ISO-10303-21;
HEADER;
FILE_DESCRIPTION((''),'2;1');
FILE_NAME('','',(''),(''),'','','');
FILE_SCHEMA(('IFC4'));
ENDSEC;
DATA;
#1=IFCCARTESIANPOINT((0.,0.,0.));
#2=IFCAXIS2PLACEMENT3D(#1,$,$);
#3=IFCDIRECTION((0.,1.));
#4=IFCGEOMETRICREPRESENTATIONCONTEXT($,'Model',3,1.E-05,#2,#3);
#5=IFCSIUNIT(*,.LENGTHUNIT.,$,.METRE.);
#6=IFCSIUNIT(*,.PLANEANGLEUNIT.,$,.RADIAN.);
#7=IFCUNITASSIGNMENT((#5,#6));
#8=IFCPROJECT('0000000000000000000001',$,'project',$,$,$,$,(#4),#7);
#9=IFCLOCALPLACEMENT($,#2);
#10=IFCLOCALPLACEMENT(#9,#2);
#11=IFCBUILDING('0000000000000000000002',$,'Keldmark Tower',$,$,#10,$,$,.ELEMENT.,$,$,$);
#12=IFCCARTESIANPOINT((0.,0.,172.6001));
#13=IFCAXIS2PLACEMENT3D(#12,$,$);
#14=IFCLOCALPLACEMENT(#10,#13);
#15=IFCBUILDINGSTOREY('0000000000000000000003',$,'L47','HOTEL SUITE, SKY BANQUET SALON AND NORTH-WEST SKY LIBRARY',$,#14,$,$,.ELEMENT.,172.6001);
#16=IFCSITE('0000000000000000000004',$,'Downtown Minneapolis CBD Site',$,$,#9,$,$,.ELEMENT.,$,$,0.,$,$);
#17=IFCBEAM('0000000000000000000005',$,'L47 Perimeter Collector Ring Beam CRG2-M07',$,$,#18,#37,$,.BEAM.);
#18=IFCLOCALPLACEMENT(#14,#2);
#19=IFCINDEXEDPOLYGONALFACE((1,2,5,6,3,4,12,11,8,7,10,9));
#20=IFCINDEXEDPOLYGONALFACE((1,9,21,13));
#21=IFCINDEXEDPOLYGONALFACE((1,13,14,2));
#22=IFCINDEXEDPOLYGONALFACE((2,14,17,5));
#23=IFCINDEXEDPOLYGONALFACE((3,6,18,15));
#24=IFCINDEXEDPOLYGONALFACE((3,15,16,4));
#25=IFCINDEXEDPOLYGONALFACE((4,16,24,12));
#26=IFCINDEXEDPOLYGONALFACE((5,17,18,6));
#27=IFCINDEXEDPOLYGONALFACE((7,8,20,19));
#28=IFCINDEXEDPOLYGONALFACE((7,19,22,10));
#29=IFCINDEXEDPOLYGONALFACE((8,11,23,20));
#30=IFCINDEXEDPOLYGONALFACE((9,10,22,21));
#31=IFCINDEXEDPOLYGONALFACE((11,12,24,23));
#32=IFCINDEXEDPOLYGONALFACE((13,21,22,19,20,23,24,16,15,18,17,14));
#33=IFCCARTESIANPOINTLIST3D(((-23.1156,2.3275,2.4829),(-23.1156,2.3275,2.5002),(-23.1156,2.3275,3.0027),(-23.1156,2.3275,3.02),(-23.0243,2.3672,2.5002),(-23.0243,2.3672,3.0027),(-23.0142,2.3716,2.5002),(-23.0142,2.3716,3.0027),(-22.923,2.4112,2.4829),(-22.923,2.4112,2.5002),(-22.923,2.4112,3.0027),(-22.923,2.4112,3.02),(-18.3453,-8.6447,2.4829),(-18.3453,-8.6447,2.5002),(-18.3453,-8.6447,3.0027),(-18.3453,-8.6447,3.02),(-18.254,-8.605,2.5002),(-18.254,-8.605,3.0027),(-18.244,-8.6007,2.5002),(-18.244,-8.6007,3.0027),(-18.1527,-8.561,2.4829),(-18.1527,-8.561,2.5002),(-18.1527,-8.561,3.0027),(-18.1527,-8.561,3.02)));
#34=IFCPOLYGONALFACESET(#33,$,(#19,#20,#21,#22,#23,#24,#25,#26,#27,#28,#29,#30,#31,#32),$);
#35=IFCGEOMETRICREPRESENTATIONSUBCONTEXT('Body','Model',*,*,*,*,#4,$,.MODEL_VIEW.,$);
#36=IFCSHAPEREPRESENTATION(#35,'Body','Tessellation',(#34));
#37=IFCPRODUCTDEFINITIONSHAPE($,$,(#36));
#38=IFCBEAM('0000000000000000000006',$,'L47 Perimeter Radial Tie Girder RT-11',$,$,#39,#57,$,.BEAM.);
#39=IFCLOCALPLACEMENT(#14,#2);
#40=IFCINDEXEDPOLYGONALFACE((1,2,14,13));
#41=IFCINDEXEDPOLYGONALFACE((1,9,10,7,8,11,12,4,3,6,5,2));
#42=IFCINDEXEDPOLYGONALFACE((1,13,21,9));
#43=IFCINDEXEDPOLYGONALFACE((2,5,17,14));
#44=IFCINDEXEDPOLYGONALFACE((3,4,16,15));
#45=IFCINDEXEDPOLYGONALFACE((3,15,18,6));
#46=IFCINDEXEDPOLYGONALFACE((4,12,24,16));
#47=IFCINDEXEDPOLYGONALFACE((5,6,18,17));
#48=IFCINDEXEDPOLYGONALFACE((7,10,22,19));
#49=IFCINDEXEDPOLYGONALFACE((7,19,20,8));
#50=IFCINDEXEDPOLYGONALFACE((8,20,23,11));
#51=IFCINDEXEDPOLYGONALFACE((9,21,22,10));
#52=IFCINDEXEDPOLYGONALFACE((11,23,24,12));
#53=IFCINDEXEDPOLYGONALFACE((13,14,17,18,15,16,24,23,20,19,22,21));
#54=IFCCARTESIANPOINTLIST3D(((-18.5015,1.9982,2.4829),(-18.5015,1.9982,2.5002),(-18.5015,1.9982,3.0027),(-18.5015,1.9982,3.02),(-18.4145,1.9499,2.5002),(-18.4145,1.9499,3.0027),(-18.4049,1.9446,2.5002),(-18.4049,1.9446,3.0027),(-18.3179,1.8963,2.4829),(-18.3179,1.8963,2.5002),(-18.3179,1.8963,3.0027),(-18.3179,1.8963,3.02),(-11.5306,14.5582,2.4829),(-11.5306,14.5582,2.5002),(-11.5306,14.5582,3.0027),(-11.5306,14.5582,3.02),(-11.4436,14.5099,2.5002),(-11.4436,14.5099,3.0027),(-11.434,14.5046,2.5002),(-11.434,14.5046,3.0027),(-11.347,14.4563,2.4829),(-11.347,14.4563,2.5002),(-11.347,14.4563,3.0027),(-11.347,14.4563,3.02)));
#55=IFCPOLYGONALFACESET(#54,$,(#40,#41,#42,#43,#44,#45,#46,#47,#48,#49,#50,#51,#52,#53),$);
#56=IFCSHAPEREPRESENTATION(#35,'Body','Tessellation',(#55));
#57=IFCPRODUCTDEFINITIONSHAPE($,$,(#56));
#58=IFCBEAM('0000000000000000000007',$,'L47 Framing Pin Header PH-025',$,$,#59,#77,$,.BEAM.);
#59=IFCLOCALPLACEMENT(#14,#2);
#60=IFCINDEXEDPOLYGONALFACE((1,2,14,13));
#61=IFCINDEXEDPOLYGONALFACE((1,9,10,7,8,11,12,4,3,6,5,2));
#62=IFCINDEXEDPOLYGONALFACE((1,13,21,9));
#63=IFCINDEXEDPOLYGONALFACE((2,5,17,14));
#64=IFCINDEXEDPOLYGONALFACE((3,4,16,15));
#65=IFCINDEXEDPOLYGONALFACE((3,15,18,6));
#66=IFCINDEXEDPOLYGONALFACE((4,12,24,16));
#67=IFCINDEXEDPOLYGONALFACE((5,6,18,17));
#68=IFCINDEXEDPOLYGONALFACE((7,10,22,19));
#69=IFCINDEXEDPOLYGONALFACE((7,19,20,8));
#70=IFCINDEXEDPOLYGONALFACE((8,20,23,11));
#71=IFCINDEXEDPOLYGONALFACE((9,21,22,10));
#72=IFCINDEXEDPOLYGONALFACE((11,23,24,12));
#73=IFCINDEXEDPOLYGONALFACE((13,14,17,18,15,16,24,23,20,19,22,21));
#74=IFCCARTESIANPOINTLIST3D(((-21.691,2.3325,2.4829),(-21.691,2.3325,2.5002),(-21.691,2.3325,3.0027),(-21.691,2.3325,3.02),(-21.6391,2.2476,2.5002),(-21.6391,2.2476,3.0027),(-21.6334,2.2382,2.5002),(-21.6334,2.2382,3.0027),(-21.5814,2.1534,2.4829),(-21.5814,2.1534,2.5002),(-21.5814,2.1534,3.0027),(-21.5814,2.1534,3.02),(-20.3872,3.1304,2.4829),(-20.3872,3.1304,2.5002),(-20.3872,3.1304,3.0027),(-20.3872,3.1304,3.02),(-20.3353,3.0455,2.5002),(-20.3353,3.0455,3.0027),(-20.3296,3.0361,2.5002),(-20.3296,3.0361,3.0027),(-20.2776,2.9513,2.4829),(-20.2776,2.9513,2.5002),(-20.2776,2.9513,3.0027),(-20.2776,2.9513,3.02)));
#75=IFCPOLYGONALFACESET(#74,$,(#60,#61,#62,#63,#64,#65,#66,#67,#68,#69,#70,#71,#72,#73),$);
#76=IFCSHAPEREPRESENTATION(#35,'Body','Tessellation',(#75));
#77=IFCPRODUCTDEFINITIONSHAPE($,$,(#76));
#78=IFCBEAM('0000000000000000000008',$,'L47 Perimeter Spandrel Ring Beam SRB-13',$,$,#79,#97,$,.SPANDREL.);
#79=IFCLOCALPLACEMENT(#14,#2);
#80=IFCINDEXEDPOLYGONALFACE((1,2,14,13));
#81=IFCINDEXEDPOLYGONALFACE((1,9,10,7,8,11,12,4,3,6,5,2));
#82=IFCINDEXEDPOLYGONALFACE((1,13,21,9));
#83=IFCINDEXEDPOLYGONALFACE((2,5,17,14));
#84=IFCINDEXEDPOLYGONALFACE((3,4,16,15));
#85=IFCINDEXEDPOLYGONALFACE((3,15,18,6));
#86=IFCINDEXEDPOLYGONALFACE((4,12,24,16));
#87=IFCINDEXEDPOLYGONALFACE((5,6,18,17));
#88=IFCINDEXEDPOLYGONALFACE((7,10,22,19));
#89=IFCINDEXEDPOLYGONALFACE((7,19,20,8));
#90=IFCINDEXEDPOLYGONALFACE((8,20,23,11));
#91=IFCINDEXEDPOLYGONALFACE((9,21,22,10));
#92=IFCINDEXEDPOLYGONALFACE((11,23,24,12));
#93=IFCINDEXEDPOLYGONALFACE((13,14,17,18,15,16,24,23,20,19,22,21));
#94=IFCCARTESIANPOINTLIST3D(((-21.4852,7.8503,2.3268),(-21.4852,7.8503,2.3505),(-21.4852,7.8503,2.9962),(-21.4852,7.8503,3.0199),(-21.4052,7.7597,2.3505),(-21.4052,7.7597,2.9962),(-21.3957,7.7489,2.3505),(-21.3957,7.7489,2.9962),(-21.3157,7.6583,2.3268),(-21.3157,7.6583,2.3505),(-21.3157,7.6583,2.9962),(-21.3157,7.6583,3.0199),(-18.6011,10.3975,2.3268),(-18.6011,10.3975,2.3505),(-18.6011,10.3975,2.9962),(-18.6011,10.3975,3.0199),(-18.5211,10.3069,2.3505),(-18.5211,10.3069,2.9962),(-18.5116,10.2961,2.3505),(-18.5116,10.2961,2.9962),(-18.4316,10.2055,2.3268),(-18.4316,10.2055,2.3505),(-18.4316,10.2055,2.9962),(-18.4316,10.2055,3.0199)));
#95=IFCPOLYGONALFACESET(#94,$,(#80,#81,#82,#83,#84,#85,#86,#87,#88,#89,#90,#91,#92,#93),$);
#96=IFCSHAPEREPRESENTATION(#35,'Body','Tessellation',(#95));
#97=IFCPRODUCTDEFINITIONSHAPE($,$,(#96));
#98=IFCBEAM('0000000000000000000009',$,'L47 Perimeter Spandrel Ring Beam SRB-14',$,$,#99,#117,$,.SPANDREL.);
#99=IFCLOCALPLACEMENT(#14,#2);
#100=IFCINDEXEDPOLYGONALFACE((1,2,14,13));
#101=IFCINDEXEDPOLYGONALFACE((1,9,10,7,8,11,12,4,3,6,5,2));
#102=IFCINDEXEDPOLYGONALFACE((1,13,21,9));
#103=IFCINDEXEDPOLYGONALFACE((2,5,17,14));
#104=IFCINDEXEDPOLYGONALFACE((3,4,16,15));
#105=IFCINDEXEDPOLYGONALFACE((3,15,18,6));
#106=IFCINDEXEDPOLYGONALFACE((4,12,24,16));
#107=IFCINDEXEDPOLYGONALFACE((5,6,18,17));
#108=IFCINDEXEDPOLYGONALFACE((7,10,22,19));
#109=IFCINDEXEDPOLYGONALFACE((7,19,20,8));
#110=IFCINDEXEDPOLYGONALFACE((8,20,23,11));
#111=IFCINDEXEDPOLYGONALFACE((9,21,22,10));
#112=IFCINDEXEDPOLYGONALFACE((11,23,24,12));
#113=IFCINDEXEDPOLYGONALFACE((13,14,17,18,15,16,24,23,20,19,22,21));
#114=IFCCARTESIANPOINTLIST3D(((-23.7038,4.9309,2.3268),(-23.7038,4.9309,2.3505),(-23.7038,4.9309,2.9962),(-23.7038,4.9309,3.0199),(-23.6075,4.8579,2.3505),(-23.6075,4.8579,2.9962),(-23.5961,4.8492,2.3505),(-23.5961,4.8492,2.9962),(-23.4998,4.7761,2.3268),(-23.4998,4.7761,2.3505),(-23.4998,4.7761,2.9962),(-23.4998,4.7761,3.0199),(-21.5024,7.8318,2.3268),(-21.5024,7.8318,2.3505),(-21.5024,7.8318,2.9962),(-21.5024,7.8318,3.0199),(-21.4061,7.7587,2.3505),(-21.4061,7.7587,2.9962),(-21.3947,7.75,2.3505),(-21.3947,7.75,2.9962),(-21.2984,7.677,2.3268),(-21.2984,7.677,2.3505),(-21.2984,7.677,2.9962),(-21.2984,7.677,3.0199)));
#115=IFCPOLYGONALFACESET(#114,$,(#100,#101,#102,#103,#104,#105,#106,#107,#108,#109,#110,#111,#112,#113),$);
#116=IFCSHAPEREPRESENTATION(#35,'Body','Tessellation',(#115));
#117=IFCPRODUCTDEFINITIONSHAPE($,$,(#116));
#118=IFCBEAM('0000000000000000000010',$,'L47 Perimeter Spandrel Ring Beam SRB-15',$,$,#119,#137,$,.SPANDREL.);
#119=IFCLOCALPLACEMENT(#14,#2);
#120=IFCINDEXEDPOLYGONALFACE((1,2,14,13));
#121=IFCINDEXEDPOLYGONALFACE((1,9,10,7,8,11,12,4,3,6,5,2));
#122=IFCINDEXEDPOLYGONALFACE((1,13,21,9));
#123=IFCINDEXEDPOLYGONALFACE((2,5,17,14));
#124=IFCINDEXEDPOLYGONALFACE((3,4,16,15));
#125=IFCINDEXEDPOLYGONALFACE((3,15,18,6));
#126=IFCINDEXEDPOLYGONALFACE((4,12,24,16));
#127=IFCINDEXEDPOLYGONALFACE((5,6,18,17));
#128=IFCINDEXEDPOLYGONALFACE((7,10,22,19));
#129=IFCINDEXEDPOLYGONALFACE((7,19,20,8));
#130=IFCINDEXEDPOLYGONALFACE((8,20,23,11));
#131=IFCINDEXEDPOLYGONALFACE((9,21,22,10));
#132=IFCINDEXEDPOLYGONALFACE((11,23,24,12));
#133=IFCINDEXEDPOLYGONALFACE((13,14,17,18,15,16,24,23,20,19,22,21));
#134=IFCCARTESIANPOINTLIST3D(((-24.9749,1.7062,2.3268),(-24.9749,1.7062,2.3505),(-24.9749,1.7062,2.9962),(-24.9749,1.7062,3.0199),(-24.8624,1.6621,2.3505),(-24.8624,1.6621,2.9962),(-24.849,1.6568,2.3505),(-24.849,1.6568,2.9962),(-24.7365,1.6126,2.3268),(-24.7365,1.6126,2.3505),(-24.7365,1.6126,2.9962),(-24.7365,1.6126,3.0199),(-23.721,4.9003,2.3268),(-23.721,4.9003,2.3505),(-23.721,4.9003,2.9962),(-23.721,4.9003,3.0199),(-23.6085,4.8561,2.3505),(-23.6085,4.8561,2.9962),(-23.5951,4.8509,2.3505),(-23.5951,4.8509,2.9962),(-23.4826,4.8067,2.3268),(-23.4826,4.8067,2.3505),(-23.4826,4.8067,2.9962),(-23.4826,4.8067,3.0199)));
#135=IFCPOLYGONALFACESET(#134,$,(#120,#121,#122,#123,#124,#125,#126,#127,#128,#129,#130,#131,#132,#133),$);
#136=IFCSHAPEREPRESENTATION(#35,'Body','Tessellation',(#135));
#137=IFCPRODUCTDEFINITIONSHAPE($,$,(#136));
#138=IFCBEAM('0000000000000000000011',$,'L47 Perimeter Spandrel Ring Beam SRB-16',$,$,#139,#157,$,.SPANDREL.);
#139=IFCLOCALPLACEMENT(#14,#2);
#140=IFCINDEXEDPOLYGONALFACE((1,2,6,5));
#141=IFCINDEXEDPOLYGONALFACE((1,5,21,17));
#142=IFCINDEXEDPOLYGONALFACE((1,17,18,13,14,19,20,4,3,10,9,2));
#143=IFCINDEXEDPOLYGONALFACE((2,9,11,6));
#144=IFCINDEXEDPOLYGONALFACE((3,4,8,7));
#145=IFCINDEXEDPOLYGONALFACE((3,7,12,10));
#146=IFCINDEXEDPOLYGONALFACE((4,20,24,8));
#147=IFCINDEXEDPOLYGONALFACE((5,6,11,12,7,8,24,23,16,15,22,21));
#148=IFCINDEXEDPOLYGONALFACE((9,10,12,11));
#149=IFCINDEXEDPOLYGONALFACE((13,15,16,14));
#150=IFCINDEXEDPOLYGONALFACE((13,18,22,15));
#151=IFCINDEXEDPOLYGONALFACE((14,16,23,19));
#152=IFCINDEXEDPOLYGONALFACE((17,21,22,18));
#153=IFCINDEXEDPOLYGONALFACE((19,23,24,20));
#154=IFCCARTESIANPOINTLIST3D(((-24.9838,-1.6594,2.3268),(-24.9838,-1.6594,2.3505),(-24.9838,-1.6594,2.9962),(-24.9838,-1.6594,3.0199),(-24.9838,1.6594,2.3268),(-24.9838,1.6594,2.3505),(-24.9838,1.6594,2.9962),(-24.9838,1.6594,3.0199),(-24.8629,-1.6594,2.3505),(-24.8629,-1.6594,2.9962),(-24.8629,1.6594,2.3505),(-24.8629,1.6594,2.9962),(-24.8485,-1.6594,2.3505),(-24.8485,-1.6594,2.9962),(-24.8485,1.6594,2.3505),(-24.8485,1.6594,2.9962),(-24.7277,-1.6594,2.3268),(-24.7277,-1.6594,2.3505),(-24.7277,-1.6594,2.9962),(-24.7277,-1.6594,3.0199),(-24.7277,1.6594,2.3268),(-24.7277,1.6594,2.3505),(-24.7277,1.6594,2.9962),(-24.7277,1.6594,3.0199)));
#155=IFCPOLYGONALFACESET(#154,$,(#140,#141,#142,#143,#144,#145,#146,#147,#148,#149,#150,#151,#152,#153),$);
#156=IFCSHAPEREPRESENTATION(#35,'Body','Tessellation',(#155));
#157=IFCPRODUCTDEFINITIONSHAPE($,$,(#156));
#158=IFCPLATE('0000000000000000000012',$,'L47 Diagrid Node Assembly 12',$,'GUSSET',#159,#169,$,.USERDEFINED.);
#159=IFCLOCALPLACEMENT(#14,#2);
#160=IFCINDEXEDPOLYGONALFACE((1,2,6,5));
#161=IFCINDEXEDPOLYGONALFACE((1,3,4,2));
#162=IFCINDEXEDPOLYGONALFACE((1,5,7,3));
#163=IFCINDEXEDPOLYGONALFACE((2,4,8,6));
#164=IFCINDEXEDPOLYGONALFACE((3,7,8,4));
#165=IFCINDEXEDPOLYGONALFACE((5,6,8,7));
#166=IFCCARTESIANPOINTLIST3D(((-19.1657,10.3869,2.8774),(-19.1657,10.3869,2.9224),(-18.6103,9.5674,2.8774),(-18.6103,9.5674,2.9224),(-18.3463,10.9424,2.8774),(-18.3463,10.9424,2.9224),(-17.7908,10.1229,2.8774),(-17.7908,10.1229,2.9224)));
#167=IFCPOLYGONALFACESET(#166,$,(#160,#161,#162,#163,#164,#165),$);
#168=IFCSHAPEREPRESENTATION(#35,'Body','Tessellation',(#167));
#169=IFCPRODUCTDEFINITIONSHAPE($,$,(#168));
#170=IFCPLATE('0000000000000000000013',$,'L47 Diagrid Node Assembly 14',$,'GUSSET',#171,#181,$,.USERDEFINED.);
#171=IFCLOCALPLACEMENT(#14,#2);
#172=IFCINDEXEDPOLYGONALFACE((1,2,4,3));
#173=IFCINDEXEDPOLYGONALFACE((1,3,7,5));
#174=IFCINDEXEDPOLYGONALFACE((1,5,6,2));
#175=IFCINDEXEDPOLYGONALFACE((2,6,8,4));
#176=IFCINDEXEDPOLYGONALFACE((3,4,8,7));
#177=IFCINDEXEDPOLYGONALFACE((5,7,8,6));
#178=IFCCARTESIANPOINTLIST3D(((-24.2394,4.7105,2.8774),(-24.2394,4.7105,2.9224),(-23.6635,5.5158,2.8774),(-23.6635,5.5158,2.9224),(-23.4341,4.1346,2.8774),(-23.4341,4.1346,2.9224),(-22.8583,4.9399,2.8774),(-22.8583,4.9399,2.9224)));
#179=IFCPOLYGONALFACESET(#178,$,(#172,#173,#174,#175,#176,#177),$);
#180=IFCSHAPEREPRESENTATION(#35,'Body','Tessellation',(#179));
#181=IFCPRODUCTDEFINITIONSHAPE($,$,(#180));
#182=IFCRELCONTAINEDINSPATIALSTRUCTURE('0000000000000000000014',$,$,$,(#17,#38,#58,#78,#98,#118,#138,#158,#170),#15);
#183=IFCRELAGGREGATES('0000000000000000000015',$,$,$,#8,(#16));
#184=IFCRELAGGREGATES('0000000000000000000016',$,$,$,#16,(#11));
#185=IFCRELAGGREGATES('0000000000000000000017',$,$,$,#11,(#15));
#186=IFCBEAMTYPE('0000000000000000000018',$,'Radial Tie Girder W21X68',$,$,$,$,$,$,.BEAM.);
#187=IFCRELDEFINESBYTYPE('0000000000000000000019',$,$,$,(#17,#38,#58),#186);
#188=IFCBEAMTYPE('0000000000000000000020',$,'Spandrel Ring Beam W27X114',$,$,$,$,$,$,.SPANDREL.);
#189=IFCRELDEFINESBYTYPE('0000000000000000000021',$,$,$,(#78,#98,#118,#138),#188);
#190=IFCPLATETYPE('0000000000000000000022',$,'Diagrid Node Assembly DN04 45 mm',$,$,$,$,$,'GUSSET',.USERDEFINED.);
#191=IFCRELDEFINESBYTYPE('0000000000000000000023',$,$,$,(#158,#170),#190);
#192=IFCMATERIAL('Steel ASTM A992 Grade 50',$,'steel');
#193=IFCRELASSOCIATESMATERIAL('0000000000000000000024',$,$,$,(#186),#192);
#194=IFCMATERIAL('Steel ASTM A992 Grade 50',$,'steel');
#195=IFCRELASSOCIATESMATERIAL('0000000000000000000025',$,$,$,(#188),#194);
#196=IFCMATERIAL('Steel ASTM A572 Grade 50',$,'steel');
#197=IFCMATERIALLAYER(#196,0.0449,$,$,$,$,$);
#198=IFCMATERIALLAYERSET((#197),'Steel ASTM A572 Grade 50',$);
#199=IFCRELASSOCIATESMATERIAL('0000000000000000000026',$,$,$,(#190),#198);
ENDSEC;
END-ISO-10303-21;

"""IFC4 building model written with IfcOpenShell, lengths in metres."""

from ifc_helpers import new_model, si_unit, direction, frame, origin, origin_2d, place, context, subcontext, project, spatial, rectangle, i_section, extrude, material, layer, layer_set, material_profile, profile_set, type_object, element, save


model = new_model("IFC4")

# Units and contexts
model_context = context("Model", 3, precision=1e-05, world=origin(), true_north=direction((0.0, 1.0)))
body_context = subcontext(model_context, "Body", "Model", "MODEL_VIEW")
ifc_project = project(units=[si_unit("LENGTHUNIT", "METRE"), si_unit("PLANEANGLEUNIT", "RADIAN")], contexts=[model_context])

# Site, building, storey
site_placement = place(None, origin())
site = spatial("IfcSite", under=ifc_project, at=site_placement, Name="Downtown Minneapolis CBD Site", CompositionType="ELEMENT", RefElevation=0.0)
building_placement = place(site_placement, origin())
building = spatial("IfcBuilding", under=site, at=building_placement, Name="Keldmark Tower", CompositionType="ELEMENT")
storey_placement = place(building_placement, frame((0.0, 0.0, 172.6001)))
storey = spatial("IfcBuildingStorey", under=building, at=storey_placement, Name="L47", Description="HOTEL SUITE, SKY BANQUET SALON AND NORTH-WEST SKY LIBRARY", CompositionType="ELEMENT", Elevation=172.6001)

# Beams
ifc_material_1 = material(Name="Steel ASTM A992 Grade 50", Category="steel")
ifc_material_profile_1 = material_profile(ifc_material_1, i_section(OverallWidth=0.21, OverallDepth=0.5371, WebThickness=0.011, FlangeThickness=0.0173, at=origin_2d()), Name="W21X68")
ifc_profile_set_1 = profile_set([ifc_material_profile_1], Name="Steel ASTM A992 Grade 50")
beam_type_1 = type_object("IfcBeamType", Name="Radial Tie Girder W21X68", PredefinedType="BEAM", material=ifc_profile_set_1)
beam_1_placement = place(storey_placement, frame((-23.0193, 2.3694, 2.7515), z_axis=(0.398709, -0.917078, 0.0), x_axis=(0.917078, 0.398709, 0.0)))
element("IfcBeam", 1, at=beam_1_placement, inside=storey, type_object=beam_type_1, Name="L47 Perimeter Collector Ring Beam CRG2-M07", PredefinedType="BEAM", context=body_context, shape_type="SweptSolid", body=[
    extrude(i_section(OverallWidth=0.21, OverallDepth=0.5371, WebThickness=0.011, FlangeThickness=0.0173, at=origin_2d()), origin(), (0.0, 0.0, 1.0), 11.9644),
])
beam_2_placement = place(storey_placement, frame((-18.4097, 1.9473, 2.7515), z_axis=(0.485278, 0.87436, 0.0), x_axis=(-0.87436, 0.485278, 0.0)))
element("IfcBeam", 2, at=beam_2_placement, inside=storey, type_object=beam_type_1, Name="L47 Perimeter Radial Tie Girder RT-11", PredefinedType="BEAM", context=body_context, shape_type="SweptSolid", body=[
    extrude(i_section(OverallWidth=0.21, OverallDepth=0.5371, WebThickness=0.011, FlangeThickness=0.0173, at=origin_2d()), origin(), (0.0, 0.0, 1.0), 14.3647),
])
beam_3_placement = place(storey_placement, frame((-21.6362, 2.2429, 2.7515), z_axis=(0.85295, 0.521993, 0.0), x_axis=(-0.521993, 0.85295, 0.0)))
element("IfcBeam", 3, at=beam_3_placement, inside=storey, type_object=beam_type_1, Name="L47 Framing Pin Header PH-025", PredefinedType="BEAM", context=body_context, shape_type="SweptSolid", body=[
    extrude(i_section(OverallWidth=0.21, OverallDepth=0.5371, WebThickness=0.011, FlangeThickness=0.0173, at=origin_2d()), origin(), (0.0, 0.0, 1.0), 1.5286),
])
ifc_material_2 = material(Name="Steel ASTM A992 Grade 50", Category="steel")
ifc_material_profile_2 = material_profile(ifc_material_2, i_section(OverallWidth=0.2561, OverallDepth=0.6931, WebThickness=0.0144, FlangeThickness=0.0237, at=origin_2d()), Name="W27X114")
ifc_profile_set_2 = profile_set([ifc_material_profile_2], Name="Steel ASTM A992 Grade 50")
beam_type_2 = type_object("IfcBeamType", Name="Spandrel Ring Beam W27X114", PredefinedType="SPANDREL", material=ifc_profile_set_2)
beam_4_placement = place(storey_placement, frame((-18.5164, 10.3015, 2.6733), z_axis=(-0.74953, -0.66197, 0.0), x_axis=(0.66197, -0.74953, 0.0)))
element("IfcBeam", 4, at=beam_4_placement, inside=storey, type_object=beam_type_2, Name="L47 Perimeter Spandrel Ring Beam SRB-13", PredefinedType="SPANDREL", context=body_context, shape_type="SweptSolid", body=[
    extrude(i_section(OverallWidth=0.2561, OverallDepth=0.6931, WebThickness=0.0144, FlangeThickness=0.0237, at=origin_2d()), origin(), (0.0, 0.0, 1.0), 3.8479),
])
beam_5_placement = place(storey_placement, frame((-21.4004, 7.7544, 2.6733), z_axis=(-0.604517, -0.796592, 0.0), x_axis=(0.796592, -0.604517, 0.0)))
element("IfcBeam", 5, at=beam_5_placement, inside=storey, type_object=beam_type_2, Name="L47 Perimeter Spandrel Ring Beam SRB-14", PredefinedType="SPANDREL", context=body_context, shape_type="SweptSolid", body=[
    extrude(i_section(OverallWidth=0.2561, OverallDepth=0.6931, WebThickness=0.0144, FlangeThickness=0.0237, at=origin_2d()), origin(), (0.0, 0.0, 1.0), 3.6416),
])
beam_6_placement = place(storey_placement, frame((-23.6018, 4.8535, 2.6733), z_axis=(-0.365421, -0.930842, 0.0), x_axis=(0.930842, -0.365421, 0.0)))
element("IfcBeam", 6, at=beam_6_placement, inside=storey, type_object=beam_type_2, Name="L47 Perimeter Spandrel Ring Beam SRB-15", PredefinedType="SPANDREL", context=body_context, shape_type="SweptSolid", body=[
    extrude(i_section(OverallWidth=0.2561, OverallDepth=0.6931, WebThickness=0.0144, FlangeThickness=0.0237, at=origin_2d()), origin(), (0.0, 0.0, 1.0), 3.4314),
])
beam_7_placement = place(storey_placement, frame((-24.8557, 1.6594, 2.6733), z_axis=(0.0, -1.0, 0.0), x_axis=(1.0, 0.0, 0.0)))
element("IfcBeam", 7, at=beam_7_placement, inside=storey, type_object=beam_type_2, Name="L47 Perimeter Spandrel Ring Beam SRB-16", PredefinedType="SPANDREL", context=body_context, shape_type="SweptSolid", body=[
    extrude(i_section(OverallWidth=0.2561, OverallDepth=0.6931, WebThickness=0.0144, FlangeThickness=0.0237, at=origin_2d()), origin(), (0.0, 0.0, 1.0), 3.3188),
])

# Plates
ifc_material_3 = material(Name="Steel ASTM A572 Grade 50", Category="steel")
ifc_layer_1 = layer(ifc_material_3, 0.0449)
ifc_layer_set_1 = layer_set([ifc_layer_1], Name="Steel ASTM A572 Grade 50")
plate_type = type_object("IfcPlateType", Name="Diagrid Node Assembly DN04 45 mm", ElementType="GUSSET", PredefinedType="USERDEFINED", material=ifc_layer_set_1)
for number, where, z_axis, x_axis, name in (
    (8, (-18.4783, 10.2549, 2.8774), (0.0, 0.0, 1.0), (-0.827767, -0.561072, 0.0), "L47 Diagrid Node Assembly 12"),
    (9, (-23.5488, 4.8252, 2.8774), (0.0, 0.0, 1.0), (-0.581697, -0.813405, 0.0), "L47 Diagrid Node Assembly 14"),
):
    element("IfcPlate", number, at=place(storey_placement, frame(where, z_axis=z_axis, x_axis=x_axis)), inside=storey, type_object=plate_type, Name=name, ObjectType="GUSSET", PredefinedType="USERDEFINED", context=body_context, shape_type="SweptSolid", body=[
        extrude(rectangle(XDim=0.99, YDim=0.99, at=origin_2d()), origin(), (0.0, 0.0, 1.0), 0.0449),
    ])

save(model, "model.ifc")
